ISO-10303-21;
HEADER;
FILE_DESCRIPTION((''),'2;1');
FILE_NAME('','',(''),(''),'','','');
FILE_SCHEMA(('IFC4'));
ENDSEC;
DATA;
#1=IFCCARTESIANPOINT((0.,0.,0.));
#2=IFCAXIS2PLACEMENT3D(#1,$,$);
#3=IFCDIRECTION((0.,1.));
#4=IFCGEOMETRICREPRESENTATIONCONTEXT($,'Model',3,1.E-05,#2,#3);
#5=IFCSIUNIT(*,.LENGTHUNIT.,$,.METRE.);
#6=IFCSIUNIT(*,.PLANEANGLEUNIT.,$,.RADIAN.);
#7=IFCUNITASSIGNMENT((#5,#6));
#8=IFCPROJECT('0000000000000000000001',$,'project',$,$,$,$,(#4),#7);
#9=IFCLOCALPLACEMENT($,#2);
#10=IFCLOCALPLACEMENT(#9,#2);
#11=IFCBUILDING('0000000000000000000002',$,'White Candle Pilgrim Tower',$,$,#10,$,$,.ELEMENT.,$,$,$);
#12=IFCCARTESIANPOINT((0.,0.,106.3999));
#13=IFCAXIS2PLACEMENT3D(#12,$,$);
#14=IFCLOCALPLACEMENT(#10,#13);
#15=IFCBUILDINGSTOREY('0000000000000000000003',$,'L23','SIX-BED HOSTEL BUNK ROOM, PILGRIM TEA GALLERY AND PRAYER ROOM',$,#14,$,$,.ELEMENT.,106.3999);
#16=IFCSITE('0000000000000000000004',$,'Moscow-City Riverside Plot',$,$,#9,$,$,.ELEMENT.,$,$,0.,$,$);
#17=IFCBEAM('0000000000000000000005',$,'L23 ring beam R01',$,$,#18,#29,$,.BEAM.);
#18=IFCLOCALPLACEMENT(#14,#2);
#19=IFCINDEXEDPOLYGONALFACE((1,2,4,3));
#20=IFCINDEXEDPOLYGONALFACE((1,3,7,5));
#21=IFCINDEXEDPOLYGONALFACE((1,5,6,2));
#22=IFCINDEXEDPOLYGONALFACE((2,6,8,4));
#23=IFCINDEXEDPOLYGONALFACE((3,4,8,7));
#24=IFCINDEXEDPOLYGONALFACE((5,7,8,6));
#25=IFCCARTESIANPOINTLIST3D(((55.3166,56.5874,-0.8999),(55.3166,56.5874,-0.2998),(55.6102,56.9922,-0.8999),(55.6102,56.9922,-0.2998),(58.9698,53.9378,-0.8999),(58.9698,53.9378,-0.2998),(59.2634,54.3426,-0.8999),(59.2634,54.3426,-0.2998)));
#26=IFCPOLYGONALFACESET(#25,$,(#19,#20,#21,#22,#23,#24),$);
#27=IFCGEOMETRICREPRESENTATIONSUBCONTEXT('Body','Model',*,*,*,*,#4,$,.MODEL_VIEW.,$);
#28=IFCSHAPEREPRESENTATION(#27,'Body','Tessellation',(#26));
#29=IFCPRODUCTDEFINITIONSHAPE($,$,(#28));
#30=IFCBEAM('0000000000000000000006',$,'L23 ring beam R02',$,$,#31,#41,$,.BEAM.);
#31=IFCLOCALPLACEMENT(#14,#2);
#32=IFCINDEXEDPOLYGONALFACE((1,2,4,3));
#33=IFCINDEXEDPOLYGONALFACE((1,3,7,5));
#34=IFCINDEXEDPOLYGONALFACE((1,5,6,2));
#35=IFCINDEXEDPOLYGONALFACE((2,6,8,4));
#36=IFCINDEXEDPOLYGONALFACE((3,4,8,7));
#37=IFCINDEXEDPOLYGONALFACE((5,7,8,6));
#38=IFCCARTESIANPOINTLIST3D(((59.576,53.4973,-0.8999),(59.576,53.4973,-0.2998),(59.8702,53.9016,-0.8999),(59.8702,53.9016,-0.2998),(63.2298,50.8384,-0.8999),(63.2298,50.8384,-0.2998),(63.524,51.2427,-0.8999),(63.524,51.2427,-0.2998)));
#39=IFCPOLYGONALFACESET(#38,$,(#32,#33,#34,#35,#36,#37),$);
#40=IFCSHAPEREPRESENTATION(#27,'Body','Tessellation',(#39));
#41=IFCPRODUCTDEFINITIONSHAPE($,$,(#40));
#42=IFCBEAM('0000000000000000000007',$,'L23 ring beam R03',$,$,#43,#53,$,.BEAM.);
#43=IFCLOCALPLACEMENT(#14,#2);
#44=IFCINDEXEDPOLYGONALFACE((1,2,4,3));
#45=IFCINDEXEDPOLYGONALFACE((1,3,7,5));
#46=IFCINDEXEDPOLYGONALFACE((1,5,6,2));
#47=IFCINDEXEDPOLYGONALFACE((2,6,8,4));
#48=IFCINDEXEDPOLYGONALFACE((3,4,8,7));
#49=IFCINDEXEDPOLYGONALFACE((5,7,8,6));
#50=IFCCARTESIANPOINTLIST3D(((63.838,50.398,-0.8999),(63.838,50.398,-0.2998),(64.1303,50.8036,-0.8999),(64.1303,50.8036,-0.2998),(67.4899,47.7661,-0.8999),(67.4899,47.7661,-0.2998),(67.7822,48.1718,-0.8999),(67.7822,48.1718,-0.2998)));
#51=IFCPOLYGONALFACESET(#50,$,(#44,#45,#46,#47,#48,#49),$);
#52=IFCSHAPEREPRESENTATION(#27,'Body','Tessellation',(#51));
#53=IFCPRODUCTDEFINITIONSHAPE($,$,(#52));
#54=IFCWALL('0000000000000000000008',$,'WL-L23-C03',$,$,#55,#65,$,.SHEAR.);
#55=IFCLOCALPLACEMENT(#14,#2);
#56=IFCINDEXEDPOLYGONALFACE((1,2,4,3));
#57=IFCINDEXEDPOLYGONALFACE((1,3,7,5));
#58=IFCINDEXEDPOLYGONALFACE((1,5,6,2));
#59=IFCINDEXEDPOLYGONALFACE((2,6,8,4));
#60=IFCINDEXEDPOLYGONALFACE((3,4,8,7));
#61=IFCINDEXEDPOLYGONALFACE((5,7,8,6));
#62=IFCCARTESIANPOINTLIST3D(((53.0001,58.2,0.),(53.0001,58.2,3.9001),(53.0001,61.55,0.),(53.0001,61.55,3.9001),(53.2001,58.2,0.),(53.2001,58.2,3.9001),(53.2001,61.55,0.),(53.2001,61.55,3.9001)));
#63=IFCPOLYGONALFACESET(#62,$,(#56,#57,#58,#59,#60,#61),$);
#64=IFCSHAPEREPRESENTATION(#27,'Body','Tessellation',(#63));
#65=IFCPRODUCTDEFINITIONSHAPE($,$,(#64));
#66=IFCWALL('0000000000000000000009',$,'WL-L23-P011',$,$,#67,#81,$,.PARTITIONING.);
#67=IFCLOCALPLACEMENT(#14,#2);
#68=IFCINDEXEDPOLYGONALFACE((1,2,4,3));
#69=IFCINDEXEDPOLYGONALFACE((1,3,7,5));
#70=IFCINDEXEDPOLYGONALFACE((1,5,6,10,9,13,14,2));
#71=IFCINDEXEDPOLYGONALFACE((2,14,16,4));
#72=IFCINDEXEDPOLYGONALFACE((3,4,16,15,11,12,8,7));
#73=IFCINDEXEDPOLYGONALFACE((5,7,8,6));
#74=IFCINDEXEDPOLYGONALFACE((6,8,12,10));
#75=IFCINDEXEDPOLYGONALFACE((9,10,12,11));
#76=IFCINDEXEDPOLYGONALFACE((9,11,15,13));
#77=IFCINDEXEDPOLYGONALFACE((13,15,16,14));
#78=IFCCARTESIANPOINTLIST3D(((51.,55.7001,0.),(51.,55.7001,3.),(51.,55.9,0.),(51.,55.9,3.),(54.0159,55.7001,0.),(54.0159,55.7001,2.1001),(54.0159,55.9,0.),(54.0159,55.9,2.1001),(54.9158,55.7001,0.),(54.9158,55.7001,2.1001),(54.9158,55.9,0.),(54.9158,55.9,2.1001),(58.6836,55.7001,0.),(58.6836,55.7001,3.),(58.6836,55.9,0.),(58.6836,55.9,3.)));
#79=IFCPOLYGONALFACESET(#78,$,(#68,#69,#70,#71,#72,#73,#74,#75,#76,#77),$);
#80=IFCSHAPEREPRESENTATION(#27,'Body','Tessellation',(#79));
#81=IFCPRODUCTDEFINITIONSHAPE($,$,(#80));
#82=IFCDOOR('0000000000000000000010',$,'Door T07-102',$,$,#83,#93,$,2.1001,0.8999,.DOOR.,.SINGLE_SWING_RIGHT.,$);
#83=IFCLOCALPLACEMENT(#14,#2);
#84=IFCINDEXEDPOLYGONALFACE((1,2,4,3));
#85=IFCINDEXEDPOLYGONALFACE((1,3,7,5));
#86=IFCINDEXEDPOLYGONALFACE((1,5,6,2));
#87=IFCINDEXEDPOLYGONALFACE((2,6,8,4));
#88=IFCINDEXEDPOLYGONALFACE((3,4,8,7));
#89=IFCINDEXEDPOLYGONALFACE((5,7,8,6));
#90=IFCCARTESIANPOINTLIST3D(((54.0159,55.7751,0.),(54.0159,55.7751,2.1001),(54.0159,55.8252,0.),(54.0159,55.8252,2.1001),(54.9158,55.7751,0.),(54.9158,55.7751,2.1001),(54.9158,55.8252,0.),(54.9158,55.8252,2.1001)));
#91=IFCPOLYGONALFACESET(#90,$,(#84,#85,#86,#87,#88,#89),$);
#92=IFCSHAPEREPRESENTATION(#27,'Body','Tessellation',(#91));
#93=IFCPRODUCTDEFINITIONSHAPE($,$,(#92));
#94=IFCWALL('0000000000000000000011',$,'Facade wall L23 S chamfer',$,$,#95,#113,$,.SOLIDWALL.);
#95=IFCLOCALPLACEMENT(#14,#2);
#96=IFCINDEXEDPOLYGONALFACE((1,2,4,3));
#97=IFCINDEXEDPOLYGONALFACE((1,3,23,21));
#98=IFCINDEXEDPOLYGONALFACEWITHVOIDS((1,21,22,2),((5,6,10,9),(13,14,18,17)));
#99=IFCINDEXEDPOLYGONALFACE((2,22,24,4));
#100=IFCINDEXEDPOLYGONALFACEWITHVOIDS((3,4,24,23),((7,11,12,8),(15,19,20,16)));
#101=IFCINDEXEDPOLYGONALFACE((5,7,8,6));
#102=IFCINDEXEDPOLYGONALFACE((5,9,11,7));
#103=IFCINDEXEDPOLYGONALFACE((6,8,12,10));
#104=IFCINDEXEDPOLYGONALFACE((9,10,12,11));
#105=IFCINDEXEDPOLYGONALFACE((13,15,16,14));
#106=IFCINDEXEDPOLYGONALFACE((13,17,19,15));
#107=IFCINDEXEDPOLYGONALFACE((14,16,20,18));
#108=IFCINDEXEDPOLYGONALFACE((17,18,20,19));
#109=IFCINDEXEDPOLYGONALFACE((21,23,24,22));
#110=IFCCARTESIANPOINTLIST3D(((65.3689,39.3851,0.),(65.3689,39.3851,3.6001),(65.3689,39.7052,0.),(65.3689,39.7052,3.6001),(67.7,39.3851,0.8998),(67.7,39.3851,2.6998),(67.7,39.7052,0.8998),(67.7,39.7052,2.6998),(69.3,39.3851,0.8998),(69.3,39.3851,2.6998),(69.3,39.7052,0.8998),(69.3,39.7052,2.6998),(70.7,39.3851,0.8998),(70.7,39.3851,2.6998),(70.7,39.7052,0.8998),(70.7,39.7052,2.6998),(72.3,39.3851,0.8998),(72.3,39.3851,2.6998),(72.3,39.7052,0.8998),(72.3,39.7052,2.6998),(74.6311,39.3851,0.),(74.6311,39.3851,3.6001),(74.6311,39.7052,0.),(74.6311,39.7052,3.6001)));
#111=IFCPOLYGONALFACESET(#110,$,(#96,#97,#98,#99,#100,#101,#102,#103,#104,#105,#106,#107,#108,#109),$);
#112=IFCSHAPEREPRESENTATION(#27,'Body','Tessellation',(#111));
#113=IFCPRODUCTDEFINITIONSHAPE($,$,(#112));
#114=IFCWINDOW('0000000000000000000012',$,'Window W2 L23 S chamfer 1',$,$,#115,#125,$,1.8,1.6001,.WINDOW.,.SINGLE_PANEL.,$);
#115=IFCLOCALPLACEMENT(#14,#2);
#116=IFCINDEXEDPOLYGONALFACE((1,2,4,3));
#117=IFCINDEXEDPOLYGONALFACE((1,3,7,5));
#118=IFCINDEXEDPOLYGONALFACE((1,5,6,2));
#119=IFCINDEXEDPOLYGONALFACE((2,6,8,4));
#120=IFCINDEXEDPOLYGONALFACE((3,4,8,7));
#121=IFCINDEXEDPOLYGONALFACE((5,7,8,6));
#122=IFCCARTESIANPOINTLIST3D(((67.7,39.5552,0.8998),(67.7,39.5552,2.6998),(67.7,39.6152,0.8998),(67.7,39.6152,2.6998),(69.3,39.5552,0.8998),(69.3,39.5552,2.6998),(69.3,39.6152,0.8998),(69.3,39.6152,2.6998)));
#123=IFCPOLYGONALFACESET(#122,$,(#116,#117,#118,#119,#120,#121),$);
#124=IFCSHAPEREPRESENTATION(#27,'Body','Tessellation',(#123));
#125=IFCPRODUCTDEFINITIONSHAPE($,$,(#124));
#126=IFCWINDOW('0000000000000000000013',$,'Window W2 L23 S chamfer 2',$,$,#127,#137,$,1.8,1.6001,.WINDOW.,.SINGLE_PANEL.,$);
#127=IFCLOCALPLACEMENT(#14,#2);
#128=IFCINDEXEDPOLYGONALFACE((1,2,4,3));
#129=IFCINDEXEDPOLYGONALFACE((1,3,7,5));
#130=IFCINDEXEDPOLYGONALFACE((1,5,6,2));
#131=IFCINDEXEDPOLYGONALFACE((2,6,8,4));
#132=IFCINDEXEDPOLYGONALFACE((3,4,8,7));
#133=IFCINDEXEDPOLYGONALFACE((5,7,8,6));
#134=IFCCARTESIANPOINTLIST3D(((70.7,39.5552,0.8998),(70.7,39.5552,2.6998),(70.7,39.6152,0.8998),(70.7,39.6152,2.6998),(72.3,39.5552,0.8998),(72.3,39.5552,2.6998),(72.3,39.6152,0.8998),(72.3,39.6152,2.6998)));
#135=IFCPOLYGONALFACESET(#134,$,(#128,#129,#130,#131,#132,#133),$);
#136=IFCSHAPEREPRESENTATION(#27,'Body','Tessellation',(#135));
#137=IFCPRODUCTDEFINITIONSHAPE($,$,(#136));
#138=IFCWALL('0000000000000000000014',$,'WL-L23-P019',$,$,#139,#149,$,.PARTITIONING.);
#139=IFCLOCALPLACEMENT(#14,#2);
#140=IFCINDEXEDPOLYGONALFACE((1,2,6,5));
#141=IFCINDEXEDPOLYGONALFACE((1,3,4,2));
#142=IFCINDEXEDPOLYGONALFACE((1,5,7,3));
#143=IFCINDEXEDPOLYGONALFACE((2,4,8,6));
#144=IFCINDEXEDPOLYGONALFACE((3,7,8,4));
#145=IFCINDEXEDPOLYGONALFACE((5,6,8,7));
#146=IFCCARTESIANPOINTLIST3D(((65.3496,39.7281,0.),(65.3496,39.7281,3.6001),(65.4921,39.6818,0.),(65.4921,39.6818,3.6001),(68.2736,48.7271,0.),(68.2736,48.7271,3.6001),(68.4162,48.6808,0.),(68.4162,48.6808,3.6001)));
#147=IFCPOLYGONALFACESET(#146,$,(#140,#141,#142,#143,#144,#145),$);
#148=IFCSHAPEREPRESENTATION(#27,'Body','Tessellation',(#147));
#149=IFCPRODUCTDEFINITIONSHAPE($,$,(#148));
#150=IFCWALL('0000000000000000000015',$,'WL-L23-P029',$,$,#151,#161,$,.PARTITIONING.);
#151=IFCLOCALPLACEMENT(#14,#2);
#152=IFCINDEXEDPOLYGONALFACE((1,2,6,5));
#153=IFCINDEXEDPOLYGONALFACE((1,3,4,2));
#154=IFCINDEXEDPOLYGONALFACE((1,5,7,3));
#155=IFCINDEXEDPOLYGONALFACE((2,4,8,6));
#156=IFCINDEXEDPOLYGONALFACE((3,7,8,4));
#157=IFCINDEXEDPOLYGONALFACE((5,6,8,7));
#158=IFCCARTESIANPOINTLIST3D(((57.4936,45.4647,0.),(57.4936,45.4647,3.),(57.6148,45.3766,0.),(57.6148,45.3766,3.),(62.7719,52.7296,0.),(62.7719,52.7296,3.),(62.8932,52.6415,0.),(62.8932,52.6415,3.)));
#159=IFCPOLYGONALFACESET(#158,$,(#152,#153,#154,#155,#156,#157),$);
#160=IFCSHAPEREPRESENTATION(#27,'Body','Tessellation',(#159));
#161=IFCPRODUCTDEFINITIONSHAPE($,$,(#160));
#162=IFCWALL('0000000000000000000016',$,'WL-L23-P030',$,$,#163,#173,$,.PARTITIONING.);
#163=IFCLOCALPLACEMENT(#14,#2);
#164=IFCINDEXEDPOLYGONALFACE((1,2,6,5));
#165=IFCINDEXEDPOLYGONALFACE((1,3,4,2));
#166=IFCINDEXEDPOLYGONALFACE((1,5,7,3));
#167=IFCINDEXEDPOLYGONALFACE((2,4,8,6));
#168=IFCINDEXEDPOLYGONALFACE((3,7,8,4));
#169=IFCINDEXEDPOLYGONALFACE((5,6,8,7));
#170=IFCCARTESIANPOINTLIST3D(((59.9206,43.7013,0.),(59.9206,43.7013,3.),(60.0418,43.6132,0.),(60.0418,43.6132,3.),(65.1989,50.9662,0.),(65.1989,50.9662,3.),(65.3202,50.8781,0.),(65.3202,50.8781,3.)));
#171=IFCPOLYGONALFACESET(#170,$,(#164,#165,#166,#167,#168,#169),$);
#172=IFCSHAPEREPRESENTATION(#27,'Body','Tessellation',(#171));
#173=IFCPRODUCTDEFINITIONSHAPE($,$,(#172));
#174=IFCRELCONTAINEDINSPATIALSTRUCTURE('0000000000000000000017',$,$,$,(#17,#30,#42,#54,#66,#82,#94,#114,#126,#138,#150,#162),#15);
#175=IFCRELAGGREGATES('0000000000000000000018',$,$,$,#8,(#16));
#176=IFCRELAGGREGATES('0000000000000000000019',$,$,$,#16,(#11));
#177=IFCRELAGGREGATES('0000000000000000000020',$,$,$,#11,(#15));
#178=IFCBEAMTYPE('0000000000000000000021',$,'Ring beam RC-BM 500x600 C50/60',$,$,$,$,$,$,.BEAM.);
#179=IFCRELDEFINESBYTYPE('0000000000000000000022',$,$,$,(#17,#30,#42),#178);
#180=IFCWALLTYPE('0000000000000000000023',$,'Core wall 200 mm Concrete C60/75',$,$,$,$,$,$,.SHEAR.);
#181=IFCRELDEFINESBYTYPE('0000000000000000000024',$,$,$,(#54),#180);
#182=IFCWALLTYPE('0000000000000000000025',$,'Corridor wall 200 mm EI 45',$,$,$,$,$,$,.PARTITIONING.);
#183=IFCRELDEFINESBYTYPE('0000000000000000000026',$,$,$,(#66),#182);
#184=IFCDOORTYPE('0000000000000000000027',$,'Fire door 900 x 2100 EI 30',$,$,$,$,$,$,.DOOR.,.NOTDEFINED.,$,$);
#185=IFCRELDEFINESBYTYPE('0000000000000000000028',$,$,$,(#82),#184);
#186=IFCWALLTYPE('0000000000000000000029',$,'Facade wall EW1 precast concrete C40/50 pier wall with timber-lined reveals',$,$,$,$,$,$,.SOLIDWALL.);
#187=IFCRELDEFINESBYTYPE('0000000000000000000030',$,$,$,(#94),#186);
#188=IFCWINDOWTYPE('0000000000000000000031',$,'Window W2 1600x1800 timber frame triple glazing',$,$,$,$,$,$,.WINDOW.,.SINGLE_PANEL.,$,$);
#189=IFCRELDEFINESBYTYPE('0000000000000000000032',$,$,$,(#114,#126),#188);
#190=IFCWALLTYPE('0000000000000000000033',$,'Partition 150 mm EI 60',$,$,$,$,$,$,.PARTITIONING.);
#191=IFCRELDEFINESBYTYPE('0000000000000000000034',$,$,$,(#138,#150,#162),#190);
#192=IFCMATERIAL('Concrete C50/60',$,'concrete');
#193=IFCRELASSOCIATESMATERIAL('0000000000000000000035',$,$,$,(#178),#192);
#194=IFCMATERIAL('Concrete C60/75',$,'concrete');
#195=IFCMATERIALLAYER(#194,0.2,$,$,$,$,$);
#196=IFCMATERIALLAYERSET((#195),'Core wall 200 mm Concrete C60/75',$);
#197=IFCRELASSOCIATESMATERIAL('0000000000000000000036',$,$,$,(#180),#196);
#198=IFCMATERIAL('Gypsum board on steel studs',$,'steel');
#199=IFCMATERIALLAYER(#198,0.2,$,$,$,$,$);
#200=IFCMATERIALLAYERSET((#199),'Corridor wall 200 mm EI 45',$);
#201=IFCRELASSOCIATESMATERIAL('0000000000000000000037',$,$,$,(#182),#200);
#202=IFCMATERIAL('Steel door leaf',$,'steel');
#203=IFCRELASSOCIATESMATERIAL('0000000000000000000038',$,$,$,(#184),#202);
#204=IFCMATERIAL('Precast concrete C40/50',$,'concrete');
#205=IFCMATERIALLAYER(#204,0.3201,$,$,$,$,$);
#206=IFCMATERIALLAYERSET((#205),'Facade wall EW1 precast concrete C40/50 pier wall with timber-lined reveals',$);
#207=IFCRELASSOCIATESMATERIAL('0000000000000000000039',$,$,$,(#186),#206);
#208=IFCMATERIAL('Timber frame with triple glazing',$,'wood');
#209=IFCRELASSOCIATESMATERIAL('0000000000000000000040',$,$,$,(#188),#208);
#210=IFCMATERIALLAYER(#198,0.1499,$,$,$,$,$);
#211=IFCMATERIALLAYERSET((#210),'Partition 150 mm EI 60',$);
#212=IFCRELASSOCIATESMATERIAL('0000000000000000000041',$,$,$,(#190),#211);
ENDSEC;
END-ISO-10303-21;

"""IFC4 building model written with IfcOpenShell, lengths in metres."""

from ifc_helpers import new_model, si_unit, direction, frame, frame_2d, origin, origin_2d, place, context, subcontext, project, spatial, rectangle, extrude, material, layer, layer_set, material_profile, profile_set, type_object, element, fill, save


model = new_model("IFC4")

# Units and contexts
model_context = context("Model", 3, precision=1e-05, world=origin(), true_north=direction((0.0, 1.0)))
body_context = subcontext(model_context, "Body", "Model", "MODEL_VIEW")
ifc_project = project(units=[si_unit("LENGTHUNIT", "METRE"), si_unit("PLANEANGLEUNIT", "RADIAN")], contexts=[model_context])

# Site, building, storey
site_placement = place(None, origin())
site = spatial("IfcSite", under=ifc_project, at=site_placement, Name="Moscow-City Riverside Plot", CompositionType="ELEMENT", RefElevation=0.0)
building_placement = place(site_placement, origin())
building = spatial("IfcBuilding", under=site, at=building_placement, Name="White Candle Pilgrim Tower", CompositionType="ELEMENT")
storey_placement = place(building_placement, frame((0.0, 0.0, 106.3999)))
storey = spatial("IfcBuildingStorey", under=building, at=storey_placement, Name="L23", Description="SIX-BED HOSTEL BUNK ROOM, PILGRIM TEA GALLERY AND PRAYER ROOM", CompositionType="ELEMENT", Elevation=106.3999)

# Beams
ifc_material_1 = material(Name="Concrete C50/60", Category="concrete")
ifc_material_profile_1 = material_profile(ifc_material_1, rectangle(XDim=0.5, YDim=0.6001, at=origin_2d()), Name="RC-BM 500x600")
ifc_profile_set_1 = profile_set([ifc_material_profile_1], Name="Concrete C50/60")
beam_type = type_object("IfcBeamType", Name="Ring beam RC-BM 500x600 C50/60", PredefinedType="BEAM", material=ifc_profile_set_1)
beam_1_placement = place(storey_placement, frame((55.4634, 56.7898, -0.5999), z_axis=(0.809505, -0.587113, 0.0), x_axis=(0.587113, 0.809505, 0.0)))
element("IfcBeam", 1, at=beam_1_placement, inside=storey, type_object=beam_type, Name="L23 ring beam R01", PredefinedType="BEAM", context=body_context, shape_type="SweptSolid", body=[
    extrude(rectangle(XDim=0.5, YDim=0.6001, at=origin_2d()), origin(), (0.0, 0.0, 1.0), 4.5129),
])
beam_2_placement = place(storey_placement, frame((59.7231, 53.6995, -0.5999), z_axis=(0.808566, -0.588406, 0.0), x_axis=(0.588406, 0.808566, 0.0)))
element("IfcBeam", 2, at=beam_2_placement, inside=storey, type_object=beam_type, Name="L23 ring beam R02", PredefinedType="BEAM", context=body_context, shape_type="SweptSolid", body=[
    extrude(rectangle(XDim=0.5, YDim=0.6001, at=origin_2d()), origin(), (0.0, 0.0, 1.0), 4.5188),
])
beam_3_placement = place(storey_placement, frame((63.9841, 50.6008, -0.5999), z_axis=(0.811271, -0.58467, 0.0), x_axis=(0.58467, 0.811271, 0.0)))
element("IfcBeam", 3, at=beam_3_placement, inside=storey, type_object=beam_type, Name="L23 ring beam R03", PredefinedType="BEAM", context=body_context, shape_type="SweptSolid", body=[
    extrude(rectangle(XDim=0.5, YDim=0.6001, at=origin_2d()), origin(), (0.0, 0.0, 1.0), 4.5015),
])

# Wall
ifc_material_2 = material(Name="Concrete C60/75", Category="concrete")
ifc_layer_1 = layer(ifc_material_2, 0.2)
ifc_layer_set_1 = layer_set([ifc_layer_1], Name="Core wall 200 mm Concrete C60/75")
wall_type_1 = type_object("IfcWallType", Name="Core wall 200 mm Concrete C60/75", PredefinedType="SHEAR", material=ifc_layer_set_1)
wall_1_placement = place(storey_placement, frame((53.1001, 58.2, 0.0), z_axis=(0.0, 0.0, 1.0), x_axis=(0.0, 1.0, 0.0)))
element("IfcWall", 4, at=wall_1_placement, inside=storey, type_object=wall_type_1, Name="WL-L23-C03", PredefinedType="SHEAR", context=body_context, shape_type="SweptSolid", body=[
    extrude(rectangle(XDim=3.3501, YDim=0.2, at=frame_2d((1.675, 0.0))), origin(), (0.0, 0.0, 1.0), 3.9001),
])

# Wall, opening, door
ifc_material_3 = material(Name="Gypsum board on steel studs", Category="steel")
ifc_layer_2 = layer(ifc_material_3, 0.2)
ifc_layer_set_2 = layer_set([ifc_layer_2], Name="Corridor wall 200 mm EI 45")
wall_type_2 = type_object("IfcWallType", Name="Corridor wall 200 mm EI 45", PredefinedType="PARTITIONING", material=ifc_layer_set_2)
wall_2_placement = place(storey_placement, frame((58.6836, 55.8, 0.0), z_axis=(0.0, 0.0, 1.0), x_axis=(-1.0, 0.0, 0.0)))
wall_2 = element("IfcWall", 5, at=wall_2_placement, inside=storey, type_object=wall_type_2, Name="WL-L23-P011", PredefinedType="PARTITIONING", context=body_context, shape_type="SweptSolid", body=[
    extrude(rectangle(XDim=7.6836, YDim=0.2, at=frame_2d((3.8418, 0.0))), origin(), (0.0, 0.0, 1.0), 3.0),
])
opening_1_placement = place(wall_2_placement, frame((3.7678, 0.0, 0.0)))
opening_1 = element("IfcOpeningElement", 6, at=opening_1_placement, cuts=wall_2, PredefinedType="OPENING", context=body_context, shape_type="SweptSolid", body=[
    extrude(rectangle(XDim=0.8999, YDim=2.1001, at=frame_2d((0.45, 1.05))), frame((0.0, 0.1099, 0.0), z_axis=(0.0, -1.0, 0.0), x_axis=(1.0, 0.0, 0.0)), (0.0, 0.0, 1.0), 0.22),
])
ifc_material_4 = material(Name="Steel door leaf", Category="steel")
door_type_1 = type_object("IfcDoorType", Name="Fire door 900 x 2100 EI 30", OperationType="NOTDEFINED", PredefinedType="DOOR", material=ifc_material_4)
door_1_placement = place(opening_1_placement, origin())
door_1 = element("IfcDoor", 7, at=door_1_placement, inside=storey, type_object=door_type_1, Name="Door T07-102", OperationType="SINGLE_SWING_RIGHT", OverallHeight=2.1001, OverallWidth=0.8999, PredefinedType="DOOR", context=body_context, shape_type="SweptSolid", body=[
    extrude(rectangle(XDim=0.8999, YDim=2.1001, at=frame_2d((0.45, 1.05))), frame((0.0, 0.0249, 0.0), z_axis=(0.0, -1.0, 0.0), x_axis=(1.0, 0.0, 0.0)), (0.0, 0.0, 1.0), 0.05),
])
fill(opening_1, door_1)

# Wall, openings, windows
ifc_material_5 = material(Name="Precast concrete C40/50", Category="concrete")
ifc_layer_3 = layer(ifc_material_5, 0.3201)
ifc_layer_set_3 = layer_set([ifc_layer_3], Name="Facade wall EW1 precast concrete C40/50 pier wall with timber-lined reveals")
wall_type_3 = type_object("IfcWallType", Name="Facade wall EW1 precast concrete C40/50 pier wall with timber-lined reveals", PredefinedType="SOLIDWALL", material=ifc_layer_set_3)
wall_3_placement = place(storey_placement, frame((65.3689, 39.5452, 0.0), z_axis=(0.0, 0.0, 1.0), x_axis=(1.0, 0.0, 0.0)))
wall_3 = element("IfcWall", 8, at=wall_3_placement, inside=storey, type_object=wall_type_3, Name="Facade wall L23 S chamfer", PredefinedType="SOLIDWALL", context=body_context, shape_type="SweptSolid", body=[
    extrude(rectangle(XDim=9.2622, YDim=0.3201, at=frame_2d((4.6311, 0.0))), origin(), (0.0, 0.0, 1.0), 3.6001),
])
opening_2_placement = place(wall_3_placement, frame((2.3311, 0.0, 0.8999)))
opening_2 = element("IfcOpeningElement", 9, at=opening_2_placement, cuts=wall_3, PredefinedType="OPENING", context=body_context, shape_type="SweptSolid", body=[
    extrude(rectangle(XDim=1.6001, YDim=1.8, at=frame_2d((0.8, 0.8999))), frame((0.0, 0.1699, 0.0), z_axis=(0.0, -1.0, 0.0), x_axis=(1.0, 0.0, 0.0)), (0.0, 0.0, 1.0), 0.3401),
])
opening_3_placement = place(wall_3_placement, frame((5.3311, 0.0, 0.8999)))
opening_3 = element("IfcOpeningElement", 10, at=opening_3_placement, cuts=wall_3, PredefinedType="OPENING", context=body_context, shape_type="SweptSolid", body=[
    extrude(rectangle(XDim=1.6001, YDim=1.8, at=frame_2d((0.8, 0.8999))), frame((0.0, 0.1699, 0.0), z_axis=(0.0, -1.0, 0.0), x_axis=(1.0, 0.0, 0.0)), (0.0, 0.0, 1.0), 0.3401),
])
ifc_material_6 = material(Name="Timber frame with triple glazing", Category="wood")
window_type = type_object("IfcWindowType", Name="Window W2 1600x1800 timber frame triple glazing", PartitioningType="SINGLE_PANEL", PredefinedType="WINDOW", material=ifc_material_6)
window_1_placement = place(opening_2_placement, origin())
window_1 = element("IfcWindow", 11, at=window_1_placement, inside=storey, type_object=window_type, Name="Window W2 L23 S chamfer 1", OverallHeight=1.8, OverallWidth=1.6001, PartitioningType="SINGLE_PANEL", PredefinedType="WINDOW", context=body_context, shape_type="SweptSolid", body=[
    extrude(rectangle(XDim=1.6001, YDim=1.8, at=frame_2d((0.8, 0.8999))), frame((0.0, 0.0701, 0.0), z_axis=(0.0, -1.0, 0.0), x_axis=(1.0, 0.0, 0.0)), (0.0, 0.0, 1.0), 0.0601),
])
fill(opening_2, window_1)
window_2_placement = place(opening_3_placement, origin())
window_2 = element("IfcWindow", 12, at=window_2_placement, inside=storey, type_object=window_type, Name="Window W2 L23 S chamfer 2", OverallHeight=1.8, OverallWidth=1.6001, PartitioningType="SINGLE_PANEL", PredefinedType="WINDOW", context=body_context, shape_type="SweptSolid", body=[
    extrude(rectangle(XDim=1.6001, YDim=1.8, at=frame_2d((0.8, 0.8999))), frame((0.0, 0.0701, 0.0), z_axis=(0.0, -1.0, 0.0), x_axis=(1.0, 0.0, 0.0)), (0.0, 0.0, 1.0), 0.0601),
])
fill(opening_3, window_2)

# Walls
ifc_layer_4 = layer(ifc_material_3, 0.1499)
ifc_layer_set_4 = layer_set([ifc_layer_4], Name="Partition 150 mm EI 60")
wall_type_4 = type_object("IfcWallType", Name="Partition 150 mm EI 60", PredefinedType="PARTITIONING", material=ifc_layer_set_4)
wall_4_placement = place(storey_placement, frame((65.4209, 39.7051, 0.0), z_axis=(0.0, 0.0, 1.0), x_axis=(0.309028, 0.951053, 0.0)))
element("IfcWall", 13, at=wall_4_placement, inside=storey, type_object=wall_type_4, Name="WL-L23-P019", PredefinedType="PARTITIONING", context=body_context, shape_type="SweptSolid", body=[
    extrude(rectangle(XDim=9.4622, YDim=0.1499, at=frame_2d((4.731, 0.0))), origin(), (0.0, 0.0, 1.0), 3.6001),
])
for number, where, z_axis, x_axis, name in (
    (14, (57.5542, 45.4207, 0.0), (0.0, 0.0, 1.0), (0.58779, 0.809013, 0.0), "WL-L23-P029"),
    (15, (59.9812, 43.6572, 0.0), (0.0, 0.0, 1.0), (0.58779, 0.809013, 0.0), "WL-L23-P030"),
):
    element("IfcWall", number, at=place(storey_placement, frame(where, z_axis=z_axis, x_axis=x_axis)), inside=storey, type_object=wall_type_4, Name=name, PredefinedType="PARTITIONING", context=body_context, shape_type="SweptSolid", body=[
        extrude(rectangle(XDim=8.98, YDim=0.1499, at=frame_2d((4.49, 0.0))), origin(), (0.0, 0.0, 1.0), 3.0),
    ])

save(model, "model.ifc")
